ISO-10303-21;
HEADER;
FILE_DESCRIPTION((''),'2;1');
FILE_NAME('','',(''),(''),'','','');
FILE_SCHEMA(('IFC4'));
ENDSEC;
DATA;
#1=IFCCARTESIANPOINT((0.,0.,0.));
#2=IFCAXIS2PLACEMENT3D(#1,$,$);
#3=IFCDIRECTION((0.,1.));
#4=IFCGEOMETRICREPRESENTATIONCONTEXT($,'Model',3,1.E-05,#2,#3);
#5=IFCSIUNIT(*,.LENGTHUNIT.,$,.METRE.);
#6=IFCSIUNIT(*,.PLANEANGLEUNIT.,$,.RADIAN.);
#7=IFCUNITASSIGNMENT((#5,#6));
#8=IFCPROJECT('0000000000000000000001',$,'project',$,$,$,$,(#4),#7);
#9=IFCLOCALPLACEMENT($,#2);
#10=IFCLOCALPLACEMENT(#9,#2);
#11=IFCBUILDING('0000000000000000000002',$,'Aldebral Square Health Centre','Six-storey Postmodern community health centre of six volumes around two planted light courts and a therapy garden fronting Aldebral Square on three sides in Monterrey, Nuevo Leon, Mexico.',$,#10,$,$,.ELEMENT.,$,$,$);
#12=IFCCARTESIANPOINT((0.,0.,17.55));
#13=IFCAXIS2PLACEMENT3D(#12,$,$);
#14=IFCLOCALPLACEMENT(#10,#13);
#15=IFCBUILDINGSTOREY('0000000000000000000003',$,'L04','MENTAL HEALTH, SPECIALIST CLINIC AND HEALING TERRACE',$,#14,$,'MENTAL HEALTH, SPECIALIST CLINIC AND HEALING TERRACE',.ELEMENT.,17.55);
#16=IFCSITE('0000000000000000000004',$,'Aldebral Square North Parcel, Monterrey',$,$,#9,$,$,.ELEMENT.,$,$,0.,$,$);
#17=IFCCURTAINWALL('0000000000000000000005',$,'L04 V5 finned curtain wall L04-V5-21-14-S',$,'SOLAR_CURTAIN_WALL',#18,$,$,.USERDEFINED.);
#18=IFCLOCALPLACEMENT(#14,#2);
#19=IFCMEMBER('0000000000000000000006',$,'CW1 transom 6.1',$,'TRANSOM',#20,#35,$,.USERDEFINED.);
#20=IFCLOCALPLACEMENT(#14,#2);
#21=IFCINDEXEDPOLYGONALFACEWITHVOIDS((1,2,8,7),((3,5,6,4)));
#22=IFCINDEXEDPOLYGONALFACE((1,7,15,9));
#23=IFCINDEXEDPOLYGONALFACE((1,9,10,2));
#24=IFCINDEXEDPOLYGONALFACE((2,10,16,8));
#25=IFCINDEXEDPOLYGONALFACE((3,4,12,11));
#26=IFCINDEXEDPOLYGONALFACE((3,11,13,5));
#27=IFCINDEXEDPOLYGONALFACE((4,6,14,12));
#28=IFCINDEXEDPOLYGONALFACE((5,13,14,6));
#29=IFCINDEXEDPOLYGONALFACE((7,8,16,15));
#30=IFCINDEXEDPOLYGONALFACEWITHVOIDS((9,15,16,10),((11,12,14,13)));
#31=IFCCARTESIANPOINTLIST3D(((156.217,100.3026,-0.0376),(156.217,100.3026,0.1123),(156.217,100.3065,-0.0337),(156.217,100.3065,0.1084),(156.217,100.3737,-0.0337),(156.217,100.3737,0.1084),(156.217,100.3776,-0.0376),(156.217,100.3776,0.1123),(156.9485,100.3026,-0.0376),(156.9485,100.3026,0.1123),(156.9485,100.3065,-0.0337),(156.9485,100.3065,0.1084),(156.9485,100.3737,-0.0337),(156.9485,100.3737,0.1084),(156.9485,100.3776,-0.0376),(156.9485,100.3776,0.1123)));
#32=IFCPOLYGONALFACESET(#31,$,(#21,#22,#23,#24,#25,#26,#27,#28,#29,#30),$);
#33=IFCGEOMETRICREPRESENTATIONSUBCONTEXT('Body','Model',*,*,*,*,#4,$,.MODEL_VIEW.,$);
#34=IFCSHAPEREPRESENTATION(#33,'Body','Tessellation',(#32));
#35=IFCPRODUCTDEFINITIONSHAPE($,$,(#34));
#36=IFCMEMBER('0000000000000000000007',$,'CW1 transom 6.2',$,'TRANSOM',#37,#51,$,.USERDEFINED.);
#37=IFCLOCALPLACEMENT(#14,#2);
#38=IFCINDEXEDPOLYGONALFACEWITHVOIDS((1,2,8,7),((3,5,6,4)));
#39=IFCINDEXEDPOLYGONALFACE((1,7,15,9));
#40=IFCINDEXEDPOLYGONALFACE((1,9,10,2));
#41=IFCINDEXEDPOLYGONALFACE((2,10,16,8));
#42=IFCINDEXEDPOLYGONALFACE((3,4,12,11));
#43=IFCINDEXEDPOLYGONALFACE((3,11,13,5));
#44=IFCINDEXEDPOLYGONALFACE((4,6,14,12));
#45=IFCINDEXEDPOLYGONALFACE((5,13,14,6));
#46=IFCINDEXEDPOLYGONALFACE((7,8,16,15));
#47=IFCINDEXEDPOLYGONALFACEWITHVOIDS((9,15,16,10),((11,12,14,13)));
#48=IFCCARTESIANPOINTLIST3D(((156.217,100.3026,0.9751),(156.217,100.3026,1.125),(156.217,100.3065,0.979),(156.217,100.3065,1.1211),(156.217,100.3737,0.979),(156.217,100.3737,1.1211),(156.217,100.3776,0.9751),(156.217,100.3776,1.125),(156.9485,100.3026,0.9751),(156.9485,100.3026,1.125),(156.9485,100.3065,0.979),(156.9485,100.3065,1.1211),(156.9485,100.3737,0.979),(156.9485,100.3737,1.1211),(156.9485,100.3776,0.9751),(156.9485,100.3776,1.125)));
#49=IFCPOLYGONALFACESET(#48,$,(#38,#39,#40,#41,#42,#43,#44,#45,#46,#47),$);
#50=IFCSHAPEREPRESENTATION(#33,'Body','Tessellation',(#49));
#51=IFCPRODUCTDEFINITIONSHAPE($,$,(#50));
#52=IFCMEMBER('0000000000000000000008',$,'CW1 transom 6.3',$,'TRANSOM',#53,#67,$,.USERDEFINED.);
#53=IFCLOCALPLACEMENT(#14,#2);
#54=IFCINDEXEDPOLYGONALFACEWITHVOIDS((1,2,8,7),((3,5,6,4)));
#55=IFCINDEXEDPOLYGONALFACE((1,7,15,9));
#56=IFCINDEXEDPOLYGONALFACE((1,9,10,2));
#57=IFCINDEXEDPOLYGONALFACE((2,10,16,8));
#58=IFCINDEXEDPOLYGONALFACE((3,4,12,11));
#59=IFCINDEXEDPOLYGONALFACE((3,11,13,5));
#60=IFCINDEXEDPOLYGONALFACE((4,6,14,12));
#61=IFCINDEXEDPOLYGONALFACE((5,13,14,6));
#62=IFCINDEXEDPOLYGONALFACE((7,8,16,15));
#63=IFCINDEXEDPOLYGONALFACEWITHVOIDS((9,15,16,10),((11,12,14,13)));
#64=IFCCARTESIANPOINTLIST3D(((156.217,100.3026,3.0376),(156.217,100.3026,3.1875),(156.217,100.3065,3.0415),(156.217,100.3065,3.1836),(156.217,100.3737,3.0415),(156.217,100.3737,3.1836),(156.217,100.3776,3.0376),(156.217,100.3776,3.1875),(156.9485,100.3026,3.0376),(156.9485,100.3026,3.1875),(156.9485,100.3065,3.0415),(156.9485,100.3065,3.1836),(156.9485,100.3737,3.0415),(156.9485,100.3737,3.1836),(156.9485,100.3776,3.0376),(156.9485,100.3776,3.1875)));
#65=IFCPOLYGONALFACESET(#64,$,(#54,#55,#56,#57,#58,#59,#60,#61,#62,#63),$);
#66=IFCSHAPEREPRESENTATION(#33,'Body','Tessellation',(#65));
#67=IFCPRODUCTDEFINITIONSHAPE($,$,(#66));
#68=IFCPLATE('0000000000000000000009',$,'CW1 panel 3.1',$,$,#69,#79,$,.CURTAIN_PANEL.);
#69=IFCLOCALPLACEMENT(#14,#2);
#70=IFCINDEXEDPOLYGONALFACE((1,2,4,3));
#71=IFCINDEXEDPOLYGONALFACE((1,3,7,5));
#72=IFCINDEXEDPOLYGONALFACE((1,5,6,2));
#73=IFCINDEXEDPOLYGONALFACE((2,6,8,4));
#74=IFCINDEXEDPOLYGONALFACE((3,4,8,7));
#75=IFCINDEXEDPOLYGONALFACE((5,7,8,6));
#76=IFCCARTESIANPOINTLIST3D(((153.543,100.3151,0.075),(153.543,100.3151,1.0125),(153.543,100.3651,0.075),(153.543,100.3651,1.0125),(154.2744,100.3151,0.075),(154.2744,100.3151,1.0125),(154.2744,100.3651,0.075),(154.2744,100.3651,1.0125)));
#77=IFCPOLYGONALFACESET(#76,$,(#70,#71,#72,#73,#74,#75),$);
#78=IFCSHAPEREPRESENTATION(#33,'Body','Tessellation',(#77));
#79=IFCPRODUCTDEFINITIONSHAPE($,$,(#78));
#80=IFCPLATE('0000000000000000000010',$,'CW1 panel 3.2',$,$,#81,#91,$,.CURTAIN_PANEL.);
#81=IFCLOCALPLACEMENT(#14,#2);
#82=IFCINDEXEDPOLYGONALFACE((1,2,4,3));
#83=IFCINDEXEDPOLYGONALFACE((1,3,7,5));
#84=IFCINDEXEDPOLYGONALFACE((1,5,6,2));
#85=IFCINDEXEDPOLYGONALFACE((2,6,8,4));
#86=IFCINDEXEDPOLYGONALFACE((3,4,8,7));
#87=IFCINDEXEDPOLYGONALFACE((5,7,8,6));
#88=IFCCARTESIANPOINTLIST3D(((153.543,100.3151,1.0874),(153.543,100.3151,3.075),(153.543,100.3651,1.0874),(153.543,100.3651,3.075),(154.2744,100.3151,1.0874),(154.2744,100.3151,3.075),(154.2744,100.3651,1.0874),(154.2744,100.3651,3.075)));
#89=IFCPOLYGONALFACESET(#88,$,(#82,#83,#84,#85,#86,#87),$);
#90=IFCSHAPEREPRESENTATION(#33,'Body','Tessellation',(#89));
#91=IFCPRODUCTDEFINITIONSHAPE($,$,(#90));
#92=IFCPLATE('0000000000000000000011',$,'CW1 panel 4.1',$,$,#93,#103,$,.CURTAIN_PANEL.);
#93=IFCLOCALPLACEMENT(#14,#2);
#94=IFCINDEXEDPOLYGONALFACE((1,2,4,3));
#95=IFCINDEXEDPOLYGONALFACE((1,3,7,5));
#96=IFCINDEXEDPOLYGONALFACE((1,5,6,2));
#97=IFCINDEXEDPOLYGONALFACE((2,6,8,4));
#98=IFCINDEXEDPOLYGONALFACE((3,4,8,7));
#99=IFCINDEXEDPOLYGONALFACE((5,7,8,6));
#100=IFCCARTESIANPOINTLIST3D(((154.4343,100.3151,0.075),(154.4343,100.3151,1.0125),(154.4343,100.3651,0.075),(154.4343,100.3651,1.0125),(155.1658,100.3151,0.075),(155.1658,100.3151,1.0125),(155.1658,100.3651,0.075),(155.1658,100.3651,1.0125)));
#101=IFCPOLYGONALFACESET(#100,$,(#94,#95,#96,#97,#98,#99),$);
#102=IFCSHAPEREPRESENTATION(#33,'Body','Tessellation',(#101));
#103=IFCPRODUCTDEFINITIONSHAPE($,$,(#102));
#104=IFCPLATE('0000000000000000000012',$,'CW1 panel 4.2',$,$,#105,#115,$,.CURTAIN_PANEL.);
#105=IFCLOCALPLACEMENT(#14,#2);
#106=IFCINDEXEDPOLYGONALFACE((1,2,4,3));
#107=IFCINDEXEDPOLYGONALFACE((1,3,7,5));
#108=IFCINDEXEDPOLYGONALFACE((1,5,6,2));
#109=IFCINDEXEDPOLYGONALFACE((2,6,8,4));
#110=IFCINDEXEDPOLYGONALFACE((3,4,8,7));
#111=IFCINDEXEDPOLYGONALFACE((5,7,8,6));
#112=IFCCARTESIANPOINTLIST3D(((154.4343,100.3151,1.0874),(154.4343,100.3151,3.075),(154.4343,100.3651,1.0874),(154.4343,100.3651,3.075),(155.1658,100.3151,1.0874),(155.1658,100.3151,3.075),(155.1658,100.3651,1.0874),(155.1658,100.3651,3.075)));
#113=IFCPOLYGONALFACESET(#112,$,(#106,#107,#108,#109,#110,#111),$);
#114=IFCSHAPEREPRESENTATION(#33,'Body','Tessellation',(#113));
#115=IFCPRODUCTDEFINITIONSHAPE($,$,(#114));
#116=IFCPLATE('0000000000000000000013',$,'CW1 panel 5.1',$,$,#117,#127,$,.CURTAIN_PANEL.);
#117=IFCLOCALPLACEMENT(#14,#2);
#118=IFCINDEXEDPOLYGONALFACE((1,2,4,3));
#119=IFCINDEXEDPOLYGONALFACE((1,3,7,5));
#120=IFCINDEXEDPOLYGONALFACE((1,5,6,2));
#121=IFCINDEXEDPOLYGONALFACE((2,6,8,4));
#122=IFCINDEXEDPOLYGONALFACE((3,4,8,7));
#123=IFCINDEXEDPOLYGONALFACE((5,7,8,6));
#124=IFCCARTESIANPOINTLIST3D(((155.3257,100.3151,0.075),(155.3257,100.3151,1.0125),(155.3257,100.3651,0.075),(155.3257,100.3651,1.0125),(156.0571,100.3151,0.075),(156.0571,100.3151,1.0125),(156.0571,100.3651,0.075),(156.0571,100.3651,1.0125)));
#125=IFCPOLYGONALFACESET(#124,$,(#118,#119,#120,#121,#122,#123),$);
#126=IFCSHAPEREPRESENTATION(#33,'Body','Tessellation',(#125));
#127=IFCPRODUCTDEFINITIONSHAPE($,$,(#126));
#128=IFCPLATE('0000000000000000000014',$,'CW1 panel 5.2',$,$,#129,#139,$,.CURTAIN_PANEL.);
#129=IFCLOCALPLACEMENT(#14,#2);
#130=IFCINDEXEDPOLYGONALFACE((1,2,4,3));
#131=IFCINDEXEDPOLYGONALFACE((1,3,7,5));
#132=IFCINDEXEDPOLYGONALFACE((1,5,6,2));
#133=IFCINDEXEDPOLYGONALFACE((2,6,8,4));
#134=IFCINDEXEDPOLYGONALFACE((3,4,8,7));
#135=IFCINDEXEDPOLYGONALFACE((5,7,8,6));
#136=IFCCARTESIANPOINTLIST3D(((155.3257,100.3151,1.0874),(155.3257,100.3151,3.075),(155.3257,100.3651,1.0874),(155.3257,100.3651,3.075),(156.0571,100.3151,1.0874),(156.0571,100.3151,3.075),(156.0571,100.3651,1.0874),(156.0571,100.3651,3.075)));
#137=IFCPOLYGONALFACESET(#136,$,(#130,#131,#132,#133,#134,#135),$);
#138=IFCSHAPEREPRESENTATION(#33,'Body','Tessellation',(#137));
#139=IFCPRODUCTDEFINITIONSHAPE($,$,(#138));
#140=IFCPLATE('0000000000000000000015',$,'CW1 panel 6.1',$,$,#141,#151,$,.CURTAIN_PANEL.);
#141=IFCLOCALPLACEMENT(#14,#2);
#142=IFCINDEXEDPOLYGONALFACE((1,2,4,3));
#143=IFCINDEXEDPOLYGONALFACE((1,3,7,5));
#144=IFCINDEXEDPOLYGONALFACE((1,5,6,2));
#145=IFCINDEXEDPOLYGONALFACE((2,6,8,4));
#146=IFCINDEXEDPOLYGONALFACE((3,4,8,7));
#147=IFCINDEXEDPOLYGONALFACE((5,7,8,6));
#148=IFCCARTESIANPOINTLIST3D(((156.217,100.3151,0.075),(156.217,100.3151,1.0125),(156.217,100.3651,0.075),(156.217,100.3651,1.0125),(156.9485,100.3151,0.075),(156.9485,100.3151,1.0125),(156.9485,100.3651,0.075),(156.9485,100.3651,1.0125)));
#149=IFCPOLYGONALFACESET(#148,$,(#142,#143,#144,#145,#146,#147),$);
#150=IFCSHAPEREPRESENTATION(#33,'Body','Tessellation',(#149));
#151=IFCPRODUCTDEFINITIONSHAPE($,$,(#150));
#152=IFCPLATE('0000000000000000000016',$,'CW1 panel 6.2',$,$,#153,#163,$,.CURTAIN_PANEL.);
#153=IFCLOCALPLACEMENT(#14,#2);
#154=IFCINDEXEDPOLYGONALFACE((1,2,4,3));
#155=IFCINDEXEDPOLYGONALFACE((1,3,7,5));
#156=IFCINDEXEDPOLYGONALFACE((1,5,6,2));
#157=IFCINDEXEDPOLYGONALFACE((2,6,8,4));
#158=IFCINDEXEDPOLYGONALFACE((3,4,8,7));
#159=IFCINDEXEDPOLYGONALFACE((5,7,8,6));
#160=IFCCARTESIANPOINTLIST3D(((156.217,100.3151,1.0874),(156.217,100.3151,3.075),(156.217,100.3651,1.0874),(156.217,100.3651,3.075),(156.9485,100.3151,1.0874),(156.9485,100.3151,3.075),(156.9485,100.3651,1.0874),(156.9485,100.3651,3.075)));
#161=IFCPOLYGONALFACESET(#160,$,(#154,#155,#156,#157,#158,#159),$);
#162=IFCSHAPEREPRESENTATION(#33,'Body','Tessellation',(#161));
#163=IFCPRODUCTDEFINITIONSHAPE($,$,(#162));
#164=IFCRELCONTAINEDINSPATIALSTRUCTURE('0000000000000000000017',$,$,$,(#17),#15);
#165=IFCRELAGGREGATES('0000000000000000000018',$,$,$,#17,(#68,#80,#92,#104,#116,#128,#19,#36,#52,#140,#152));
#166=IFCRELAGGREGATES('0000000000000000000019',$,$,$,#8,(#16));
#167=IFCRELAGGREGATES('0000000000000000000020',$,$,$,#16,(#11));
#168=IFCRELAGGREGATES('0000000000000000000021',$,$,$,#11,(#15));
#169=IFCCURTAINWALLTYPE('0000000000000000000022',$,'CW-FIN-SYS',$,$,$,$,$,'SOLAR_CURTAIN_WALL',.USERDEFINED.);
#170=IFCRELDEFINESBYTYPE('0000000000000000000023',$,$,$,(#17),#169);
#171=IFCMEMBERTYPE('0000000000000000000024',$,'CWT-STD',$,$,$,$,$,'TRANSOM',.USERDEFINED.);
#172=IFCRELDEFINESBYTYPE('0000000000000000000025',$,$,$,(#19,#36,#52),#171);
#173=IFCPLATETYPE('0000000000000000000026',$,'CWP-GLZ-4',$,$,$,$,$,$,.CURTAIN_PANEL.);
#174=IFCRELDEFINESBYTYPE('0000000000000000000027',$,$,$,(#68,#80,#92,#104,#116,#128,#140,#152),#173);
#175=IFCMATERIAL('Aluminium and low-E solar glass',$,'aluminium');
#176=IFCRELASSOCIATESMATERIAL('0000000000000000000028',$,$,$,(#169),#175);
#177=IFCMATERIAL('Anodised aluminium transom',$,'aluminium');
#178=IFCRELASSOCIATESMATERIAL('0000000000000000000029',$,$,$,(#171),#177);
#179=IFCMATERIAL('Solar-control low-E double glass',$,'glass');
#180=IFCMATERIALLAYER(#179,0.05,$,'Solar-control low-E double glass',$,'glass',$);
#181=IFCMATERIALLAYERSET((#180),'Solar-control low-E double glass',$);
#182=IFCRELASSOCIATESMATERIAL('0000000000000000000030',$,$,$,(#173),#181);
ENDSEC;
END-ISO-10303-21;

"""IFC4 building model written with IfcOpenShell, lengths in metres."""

from ifc_helpers import new_model, si_unit, direction, frame, origin, origin_2d, place, context, subcontext, project, spatial, rectangle, hollow_rectangle, extrude, material, layer, layer_set, material_profile, profile_set, type_object, element, aggregate, save


model = new_model("IFC4")

# Units and contexts
model_context = context("Model", 3, precision=1e-05, world=origin(), true_north=direction((0.0, 1.0)))
body_context = subcontext(model_context, "Body", "Model", "MODEL_VIEW")
ifc_project = project(units=[si_unit("LENGTHUNIT", "METRE"), si_unit("PLANEANGLEUNIT", "RADIAN")], contexts=[model_context])

# Site, building, storey
site_placement = place(None, origin())
site = spatial("IfcSite", under=ifc_project, at=site_placement, Name="Aldebral Square North Parcel, Monterrey", CompositionType="ELEMENT", RefElevation=0.0)
building_placement = place(site_placement, origin())
building = spatial("IfcBuilding", under=site, at=building_placement, Name="Aldebral Square Health Centre", Description="Six-storey Postmodern community health centre of six volumes around two planted light courts and a therapy garden fronting Aldebral Square on three sides in Monterrey, Nuevo Leon, Mexico.", CompositionType="ELEMENT")
storey_placement = place(building_placement, frame((0.0, 0.0, 17.55)))
storey = spatial("IfcBuildingStorey", under=building, at=storey_placement, Name="L04", Description="MENTAL HEALTH, SPECIALIST CLINIC AND HEALING TERRACE", LongName="MENTAL HEALTH, SPECIALIST CLINIC AND HEALING TERRACE", CompositionType="ELEMENT", Elevation=17.55)

# Curtain wall, members, plates
ifc_material_1 = material(Name="Aluminium and low-E solar glass", Category="aluminium")
curtain_wall_type = type_object("IfcCurtainWallType", Name="CW-FIN-SYS", ElementType="SOLAR_CURTAIN_WALL", PredefinedType="USERDEFINED", material=ifc_material_1)
curtain_wall_placement = place(storey_placement, origin())
curtain_wall = element("IfcCurtainWall", 1, at=curtain_wall_placement, inside=storey, type_object=curtain_wall_type, Name="L04 V5 finned curtain wall L04-V5-21-14-S", ObjectType="SOLAR_CURTAIN_WALL", PredefinedType="USERDEFINED")
ifc_material_2 = material(Name="Anodised aluminium transom", Category="aluminium")
ifc_material_profile_1 = material_profile(ifc_material_2, hollow_rectangle(XDim=0.075, YDim=0.1499, WallThickness=0.0039, at=origin_2d()), Name="CWT 75x150x4")
ifc_profile_set_1 = profile_set([ifc_material_profile_1], Name="Anodised aluminium transom")
member_type_1 = type_object("IfcMemberType", Name="CWT-STD", ElementType="TRANSOM", PredefinedType="USERDEFINED", material=ifc_profile_set_1)
member_1_placement = place(storey_placement, frame((156.217, 100.3401, 0.0374), z_axis=(1.0, 0.0, 0.0), x_axis=(0.0, 1.0, 0.0)))
member_1 = element("IfcMember", 2, at=member_1_placement, type_object=member_type_1, Name="CW1 transom 6.1", ObjectType="TRANSOM", PredefinedType="USERDEFINED", context=body_context, shape_type="SweptSolid", body=[
    extrude(hollow_rectangle(XDim=0.075, YDim=0.1499, WallThickness=0.0039, at=origin_2d()), origin(), (0.0, 0.0, 1.0), 0.7314),
])
member_2_placement = place(storey_placement, frame((156.217, 100.3401, 1.05), z_axis=(1.0, 0.0, 0.0), x_axis=(0.0, 1.0, 0.0)))
member_2 = element("IfcMember", 3, at=member_2_placement, type_object=member_type_1, Name="CW1 transom 6.2", ObjectType="TRANSOM", PredefinedType="USERDEFINED", context=body_context, shape_type="SweptSolid", body=[
    extrude(hollow_rectangle(XDim=0.075, YDim=0.1499, WallThickness=0.0039, at=origin_2d()), origin(), (0.0, 0.0, 1.0), 0.7314),
])
member_3_placement = place(storey_placement, frame((156.217, 100.3401, 3.1125), z_axis=(1.0, 0.0, 0.0), x_axis=(0.0, 1.0, 0.0)))
member_3 = element("IfcMember", 4, at=member_3_placement, type_object=member_type_1, Name="CW1 transom 6.3", ObjectType="TRANSOM", PredefinedType="USERDEFINED", context=body_context, shape_type="SweptSolid", body=[
    extrude(hollow_rectangle(XDim=0.075, YDim=0.1499, WallThickness=0.0039, at=origin_2d()), origin(), (0.0, 0.0, 1.0), 0.7314),
])
ifc_material_3 = material(Name="Solar-control low-E double glass", Category="glass")
ifc_layer = layer(ifc_material_3, 0.05, Name="Solar-control low-E double glass", Category="glass")
ifc_layer_set = layer_set([ifc_layer], Name="Solar-control low-E double glass")
plate_type = type_object("IfcPlateType", Name="CWP-GLZ-4", PredefinedType="CURTAIN_PANEL", material=ifc_layer_set)
plate_1_placement = place(storey_placement, frame((153.9087, 100.3401, 0.075), z_axis=(0.0, 0.0, 1.0), x_axis=(1.0, 0.0, 0.0)))
plate_1 = element("IfcPlate", 5, at=plate_1_placement, type_object=plate_type, Name="CW1 panel 3.1", PredefinedType="CURTAIN_PANEL", context=body_context, shape_type="SweptSolid", body=[
    extrude(rectangle(XDim=0.7314, YDim=0.05, at=origin_2d()), origin(), (0.0, 0.0, 1.0), 0.9375),
])
plate_2_placement = place(storey_placement, frame((153.9087, 100.3401, 1.0874), z_axis=(0.0, 0.0, 1.0), x_axis=(1.0, 0.0, 0.0)))
plate_2 = element("IfcPlate", 6, at=plate_2_placement, type_object=plate_type, Name="CW1 panel 3.2", PredefinedType="CURTAIN_PANEL", context=body_context, shape_type="SweptSolid", body=[
    extrude(rectangle(XDim=0.7314, YDim=0.05, at=origin_2d()), origin(), (0.0, 0.0, 1.0), 1.9875),
])
plate_3_placement = place(storey_placement, frame((154.8, 100.3401, 0.075), z_axis=(0.0, 0.0, 1.0), x_axis=(1.0, 0.0, 0.0)))
plate_3 = element("IfcPlate", 7, at=plate_3_placement, type_object=plate_type, Name="CW1 panel 4.1", PredefinedType="CURTAIN_PANEL", context=body_context, shape_type="SweptSolid", body=[
    extrude(rectangle(XDim=0.7314, YDim=0.05, at=origin_2d()), origin(), (0.0, 0.0, 1.0), 0.9375),
])
plate_4_placement = place(storey_placement, frame((154.8, 100.3401, 1.0874), z_axis=(0.0, 0.0, 1.0), x_axis=(1.0, 0.0, 0.0)))
plate_4 = element("IfcPlate", 8, at=plate_4_placement, type_object=plate_type, Name="CW1 panel 4.2", PredefinedType="CURTAIN_PANEL", context=body_context, shape_type="SweptSolid", body=[
    extrude(rectangle(XDim=0.7314, YDim=0.05, at=origin_2d()), origin(), (0.0, 0.0, 1.0), 1.9875),
])
plate_5_placement = place(storey_placement, frame((155.6914, 100.3401, 0.075), z_axis=(0.0, 0.0, 1.0), x_axis=(1.0, 0.0, 0.0)))
plate_5 = element("IfcPlate", 9, at=plate_5_placement, type_object=plate_type, Name="CW1 panel 5.1", PredefinedType="CURTAIN_PANEL", context=body_context, shape_type="SweptSolid", body=[
    extrude(rectangle(XDim=0.7314, YDim=0.05, at=origin_2d()), origin(), (0.0, 0.0, 1.0), 0.9375),
])
plate_6_placement = place(storey_placement, frame((155.6914, 100.3401, 1.0874), z_axis=(0.0, 0.0, 1.0), x_axis=(1.0, 0.0, 0.0)))
plate_6 = element("IfcPlate", 10, at=plate_6_placement, type_object=plate_type, Name="CW1 panel 5.2", PredefinedType="CURTAIN_PANEL", context=body_context, shape_type="SweptSolid", body=[
    extrude(rectangle(XDim=0.7314, YDim=0.05, at=origin_2d()), origin(), (0.0, 0.0, 1.0), 1.9875),
])
plate_7_placement = place(storey_placement, frame((156.5828, 100.3401, 0.075), z_axis=(0.0, 0.0, 1.0), x_axis=(1.0, 0.0, 0.0)))
plate_7 = element("IfcPlate", 11, at=plate_7_placement, type_object=plate_type, Name="CW1 panel 6.1", PredefinedType="CURTAIN_PANEL", context=body_context, shape_type="SweptSolid", body=[
    extrude(rectangle(XDim=0.7314, YDim=0.05, at=origin_2d()), origin(), (0.0, 0.0, 1.0), 0.9375),
])
plate_8_placement = place(storey_placement, frame((156.5828, 100.3401, 1.0874), z_axis=(0.0, 0.0, 1.0), x_axis=(1.0, 0.0, 0.0)))
plate_8 = element("IfcPlate", 12, at=plate_8_placement, type_object=plate_type, Name="CW1 panel 6.2", PredefinedType="CURTAIN_PANEL", context=body_context, shape_type="SweptSolid", body=[
    extrude(rectangle(XDim=0.7314, YDim=0.05, at=origin_2d()), origin(), (0.0, 0.0, 1.0), 1.9875),
])
aggregate(curtain_wall, [plate_1, plate_2, plate_3, plate_4, plate_5, plate_6, member_1, member_2, member_3, plate_7, plate_8])

save(model, "model.ifc")
